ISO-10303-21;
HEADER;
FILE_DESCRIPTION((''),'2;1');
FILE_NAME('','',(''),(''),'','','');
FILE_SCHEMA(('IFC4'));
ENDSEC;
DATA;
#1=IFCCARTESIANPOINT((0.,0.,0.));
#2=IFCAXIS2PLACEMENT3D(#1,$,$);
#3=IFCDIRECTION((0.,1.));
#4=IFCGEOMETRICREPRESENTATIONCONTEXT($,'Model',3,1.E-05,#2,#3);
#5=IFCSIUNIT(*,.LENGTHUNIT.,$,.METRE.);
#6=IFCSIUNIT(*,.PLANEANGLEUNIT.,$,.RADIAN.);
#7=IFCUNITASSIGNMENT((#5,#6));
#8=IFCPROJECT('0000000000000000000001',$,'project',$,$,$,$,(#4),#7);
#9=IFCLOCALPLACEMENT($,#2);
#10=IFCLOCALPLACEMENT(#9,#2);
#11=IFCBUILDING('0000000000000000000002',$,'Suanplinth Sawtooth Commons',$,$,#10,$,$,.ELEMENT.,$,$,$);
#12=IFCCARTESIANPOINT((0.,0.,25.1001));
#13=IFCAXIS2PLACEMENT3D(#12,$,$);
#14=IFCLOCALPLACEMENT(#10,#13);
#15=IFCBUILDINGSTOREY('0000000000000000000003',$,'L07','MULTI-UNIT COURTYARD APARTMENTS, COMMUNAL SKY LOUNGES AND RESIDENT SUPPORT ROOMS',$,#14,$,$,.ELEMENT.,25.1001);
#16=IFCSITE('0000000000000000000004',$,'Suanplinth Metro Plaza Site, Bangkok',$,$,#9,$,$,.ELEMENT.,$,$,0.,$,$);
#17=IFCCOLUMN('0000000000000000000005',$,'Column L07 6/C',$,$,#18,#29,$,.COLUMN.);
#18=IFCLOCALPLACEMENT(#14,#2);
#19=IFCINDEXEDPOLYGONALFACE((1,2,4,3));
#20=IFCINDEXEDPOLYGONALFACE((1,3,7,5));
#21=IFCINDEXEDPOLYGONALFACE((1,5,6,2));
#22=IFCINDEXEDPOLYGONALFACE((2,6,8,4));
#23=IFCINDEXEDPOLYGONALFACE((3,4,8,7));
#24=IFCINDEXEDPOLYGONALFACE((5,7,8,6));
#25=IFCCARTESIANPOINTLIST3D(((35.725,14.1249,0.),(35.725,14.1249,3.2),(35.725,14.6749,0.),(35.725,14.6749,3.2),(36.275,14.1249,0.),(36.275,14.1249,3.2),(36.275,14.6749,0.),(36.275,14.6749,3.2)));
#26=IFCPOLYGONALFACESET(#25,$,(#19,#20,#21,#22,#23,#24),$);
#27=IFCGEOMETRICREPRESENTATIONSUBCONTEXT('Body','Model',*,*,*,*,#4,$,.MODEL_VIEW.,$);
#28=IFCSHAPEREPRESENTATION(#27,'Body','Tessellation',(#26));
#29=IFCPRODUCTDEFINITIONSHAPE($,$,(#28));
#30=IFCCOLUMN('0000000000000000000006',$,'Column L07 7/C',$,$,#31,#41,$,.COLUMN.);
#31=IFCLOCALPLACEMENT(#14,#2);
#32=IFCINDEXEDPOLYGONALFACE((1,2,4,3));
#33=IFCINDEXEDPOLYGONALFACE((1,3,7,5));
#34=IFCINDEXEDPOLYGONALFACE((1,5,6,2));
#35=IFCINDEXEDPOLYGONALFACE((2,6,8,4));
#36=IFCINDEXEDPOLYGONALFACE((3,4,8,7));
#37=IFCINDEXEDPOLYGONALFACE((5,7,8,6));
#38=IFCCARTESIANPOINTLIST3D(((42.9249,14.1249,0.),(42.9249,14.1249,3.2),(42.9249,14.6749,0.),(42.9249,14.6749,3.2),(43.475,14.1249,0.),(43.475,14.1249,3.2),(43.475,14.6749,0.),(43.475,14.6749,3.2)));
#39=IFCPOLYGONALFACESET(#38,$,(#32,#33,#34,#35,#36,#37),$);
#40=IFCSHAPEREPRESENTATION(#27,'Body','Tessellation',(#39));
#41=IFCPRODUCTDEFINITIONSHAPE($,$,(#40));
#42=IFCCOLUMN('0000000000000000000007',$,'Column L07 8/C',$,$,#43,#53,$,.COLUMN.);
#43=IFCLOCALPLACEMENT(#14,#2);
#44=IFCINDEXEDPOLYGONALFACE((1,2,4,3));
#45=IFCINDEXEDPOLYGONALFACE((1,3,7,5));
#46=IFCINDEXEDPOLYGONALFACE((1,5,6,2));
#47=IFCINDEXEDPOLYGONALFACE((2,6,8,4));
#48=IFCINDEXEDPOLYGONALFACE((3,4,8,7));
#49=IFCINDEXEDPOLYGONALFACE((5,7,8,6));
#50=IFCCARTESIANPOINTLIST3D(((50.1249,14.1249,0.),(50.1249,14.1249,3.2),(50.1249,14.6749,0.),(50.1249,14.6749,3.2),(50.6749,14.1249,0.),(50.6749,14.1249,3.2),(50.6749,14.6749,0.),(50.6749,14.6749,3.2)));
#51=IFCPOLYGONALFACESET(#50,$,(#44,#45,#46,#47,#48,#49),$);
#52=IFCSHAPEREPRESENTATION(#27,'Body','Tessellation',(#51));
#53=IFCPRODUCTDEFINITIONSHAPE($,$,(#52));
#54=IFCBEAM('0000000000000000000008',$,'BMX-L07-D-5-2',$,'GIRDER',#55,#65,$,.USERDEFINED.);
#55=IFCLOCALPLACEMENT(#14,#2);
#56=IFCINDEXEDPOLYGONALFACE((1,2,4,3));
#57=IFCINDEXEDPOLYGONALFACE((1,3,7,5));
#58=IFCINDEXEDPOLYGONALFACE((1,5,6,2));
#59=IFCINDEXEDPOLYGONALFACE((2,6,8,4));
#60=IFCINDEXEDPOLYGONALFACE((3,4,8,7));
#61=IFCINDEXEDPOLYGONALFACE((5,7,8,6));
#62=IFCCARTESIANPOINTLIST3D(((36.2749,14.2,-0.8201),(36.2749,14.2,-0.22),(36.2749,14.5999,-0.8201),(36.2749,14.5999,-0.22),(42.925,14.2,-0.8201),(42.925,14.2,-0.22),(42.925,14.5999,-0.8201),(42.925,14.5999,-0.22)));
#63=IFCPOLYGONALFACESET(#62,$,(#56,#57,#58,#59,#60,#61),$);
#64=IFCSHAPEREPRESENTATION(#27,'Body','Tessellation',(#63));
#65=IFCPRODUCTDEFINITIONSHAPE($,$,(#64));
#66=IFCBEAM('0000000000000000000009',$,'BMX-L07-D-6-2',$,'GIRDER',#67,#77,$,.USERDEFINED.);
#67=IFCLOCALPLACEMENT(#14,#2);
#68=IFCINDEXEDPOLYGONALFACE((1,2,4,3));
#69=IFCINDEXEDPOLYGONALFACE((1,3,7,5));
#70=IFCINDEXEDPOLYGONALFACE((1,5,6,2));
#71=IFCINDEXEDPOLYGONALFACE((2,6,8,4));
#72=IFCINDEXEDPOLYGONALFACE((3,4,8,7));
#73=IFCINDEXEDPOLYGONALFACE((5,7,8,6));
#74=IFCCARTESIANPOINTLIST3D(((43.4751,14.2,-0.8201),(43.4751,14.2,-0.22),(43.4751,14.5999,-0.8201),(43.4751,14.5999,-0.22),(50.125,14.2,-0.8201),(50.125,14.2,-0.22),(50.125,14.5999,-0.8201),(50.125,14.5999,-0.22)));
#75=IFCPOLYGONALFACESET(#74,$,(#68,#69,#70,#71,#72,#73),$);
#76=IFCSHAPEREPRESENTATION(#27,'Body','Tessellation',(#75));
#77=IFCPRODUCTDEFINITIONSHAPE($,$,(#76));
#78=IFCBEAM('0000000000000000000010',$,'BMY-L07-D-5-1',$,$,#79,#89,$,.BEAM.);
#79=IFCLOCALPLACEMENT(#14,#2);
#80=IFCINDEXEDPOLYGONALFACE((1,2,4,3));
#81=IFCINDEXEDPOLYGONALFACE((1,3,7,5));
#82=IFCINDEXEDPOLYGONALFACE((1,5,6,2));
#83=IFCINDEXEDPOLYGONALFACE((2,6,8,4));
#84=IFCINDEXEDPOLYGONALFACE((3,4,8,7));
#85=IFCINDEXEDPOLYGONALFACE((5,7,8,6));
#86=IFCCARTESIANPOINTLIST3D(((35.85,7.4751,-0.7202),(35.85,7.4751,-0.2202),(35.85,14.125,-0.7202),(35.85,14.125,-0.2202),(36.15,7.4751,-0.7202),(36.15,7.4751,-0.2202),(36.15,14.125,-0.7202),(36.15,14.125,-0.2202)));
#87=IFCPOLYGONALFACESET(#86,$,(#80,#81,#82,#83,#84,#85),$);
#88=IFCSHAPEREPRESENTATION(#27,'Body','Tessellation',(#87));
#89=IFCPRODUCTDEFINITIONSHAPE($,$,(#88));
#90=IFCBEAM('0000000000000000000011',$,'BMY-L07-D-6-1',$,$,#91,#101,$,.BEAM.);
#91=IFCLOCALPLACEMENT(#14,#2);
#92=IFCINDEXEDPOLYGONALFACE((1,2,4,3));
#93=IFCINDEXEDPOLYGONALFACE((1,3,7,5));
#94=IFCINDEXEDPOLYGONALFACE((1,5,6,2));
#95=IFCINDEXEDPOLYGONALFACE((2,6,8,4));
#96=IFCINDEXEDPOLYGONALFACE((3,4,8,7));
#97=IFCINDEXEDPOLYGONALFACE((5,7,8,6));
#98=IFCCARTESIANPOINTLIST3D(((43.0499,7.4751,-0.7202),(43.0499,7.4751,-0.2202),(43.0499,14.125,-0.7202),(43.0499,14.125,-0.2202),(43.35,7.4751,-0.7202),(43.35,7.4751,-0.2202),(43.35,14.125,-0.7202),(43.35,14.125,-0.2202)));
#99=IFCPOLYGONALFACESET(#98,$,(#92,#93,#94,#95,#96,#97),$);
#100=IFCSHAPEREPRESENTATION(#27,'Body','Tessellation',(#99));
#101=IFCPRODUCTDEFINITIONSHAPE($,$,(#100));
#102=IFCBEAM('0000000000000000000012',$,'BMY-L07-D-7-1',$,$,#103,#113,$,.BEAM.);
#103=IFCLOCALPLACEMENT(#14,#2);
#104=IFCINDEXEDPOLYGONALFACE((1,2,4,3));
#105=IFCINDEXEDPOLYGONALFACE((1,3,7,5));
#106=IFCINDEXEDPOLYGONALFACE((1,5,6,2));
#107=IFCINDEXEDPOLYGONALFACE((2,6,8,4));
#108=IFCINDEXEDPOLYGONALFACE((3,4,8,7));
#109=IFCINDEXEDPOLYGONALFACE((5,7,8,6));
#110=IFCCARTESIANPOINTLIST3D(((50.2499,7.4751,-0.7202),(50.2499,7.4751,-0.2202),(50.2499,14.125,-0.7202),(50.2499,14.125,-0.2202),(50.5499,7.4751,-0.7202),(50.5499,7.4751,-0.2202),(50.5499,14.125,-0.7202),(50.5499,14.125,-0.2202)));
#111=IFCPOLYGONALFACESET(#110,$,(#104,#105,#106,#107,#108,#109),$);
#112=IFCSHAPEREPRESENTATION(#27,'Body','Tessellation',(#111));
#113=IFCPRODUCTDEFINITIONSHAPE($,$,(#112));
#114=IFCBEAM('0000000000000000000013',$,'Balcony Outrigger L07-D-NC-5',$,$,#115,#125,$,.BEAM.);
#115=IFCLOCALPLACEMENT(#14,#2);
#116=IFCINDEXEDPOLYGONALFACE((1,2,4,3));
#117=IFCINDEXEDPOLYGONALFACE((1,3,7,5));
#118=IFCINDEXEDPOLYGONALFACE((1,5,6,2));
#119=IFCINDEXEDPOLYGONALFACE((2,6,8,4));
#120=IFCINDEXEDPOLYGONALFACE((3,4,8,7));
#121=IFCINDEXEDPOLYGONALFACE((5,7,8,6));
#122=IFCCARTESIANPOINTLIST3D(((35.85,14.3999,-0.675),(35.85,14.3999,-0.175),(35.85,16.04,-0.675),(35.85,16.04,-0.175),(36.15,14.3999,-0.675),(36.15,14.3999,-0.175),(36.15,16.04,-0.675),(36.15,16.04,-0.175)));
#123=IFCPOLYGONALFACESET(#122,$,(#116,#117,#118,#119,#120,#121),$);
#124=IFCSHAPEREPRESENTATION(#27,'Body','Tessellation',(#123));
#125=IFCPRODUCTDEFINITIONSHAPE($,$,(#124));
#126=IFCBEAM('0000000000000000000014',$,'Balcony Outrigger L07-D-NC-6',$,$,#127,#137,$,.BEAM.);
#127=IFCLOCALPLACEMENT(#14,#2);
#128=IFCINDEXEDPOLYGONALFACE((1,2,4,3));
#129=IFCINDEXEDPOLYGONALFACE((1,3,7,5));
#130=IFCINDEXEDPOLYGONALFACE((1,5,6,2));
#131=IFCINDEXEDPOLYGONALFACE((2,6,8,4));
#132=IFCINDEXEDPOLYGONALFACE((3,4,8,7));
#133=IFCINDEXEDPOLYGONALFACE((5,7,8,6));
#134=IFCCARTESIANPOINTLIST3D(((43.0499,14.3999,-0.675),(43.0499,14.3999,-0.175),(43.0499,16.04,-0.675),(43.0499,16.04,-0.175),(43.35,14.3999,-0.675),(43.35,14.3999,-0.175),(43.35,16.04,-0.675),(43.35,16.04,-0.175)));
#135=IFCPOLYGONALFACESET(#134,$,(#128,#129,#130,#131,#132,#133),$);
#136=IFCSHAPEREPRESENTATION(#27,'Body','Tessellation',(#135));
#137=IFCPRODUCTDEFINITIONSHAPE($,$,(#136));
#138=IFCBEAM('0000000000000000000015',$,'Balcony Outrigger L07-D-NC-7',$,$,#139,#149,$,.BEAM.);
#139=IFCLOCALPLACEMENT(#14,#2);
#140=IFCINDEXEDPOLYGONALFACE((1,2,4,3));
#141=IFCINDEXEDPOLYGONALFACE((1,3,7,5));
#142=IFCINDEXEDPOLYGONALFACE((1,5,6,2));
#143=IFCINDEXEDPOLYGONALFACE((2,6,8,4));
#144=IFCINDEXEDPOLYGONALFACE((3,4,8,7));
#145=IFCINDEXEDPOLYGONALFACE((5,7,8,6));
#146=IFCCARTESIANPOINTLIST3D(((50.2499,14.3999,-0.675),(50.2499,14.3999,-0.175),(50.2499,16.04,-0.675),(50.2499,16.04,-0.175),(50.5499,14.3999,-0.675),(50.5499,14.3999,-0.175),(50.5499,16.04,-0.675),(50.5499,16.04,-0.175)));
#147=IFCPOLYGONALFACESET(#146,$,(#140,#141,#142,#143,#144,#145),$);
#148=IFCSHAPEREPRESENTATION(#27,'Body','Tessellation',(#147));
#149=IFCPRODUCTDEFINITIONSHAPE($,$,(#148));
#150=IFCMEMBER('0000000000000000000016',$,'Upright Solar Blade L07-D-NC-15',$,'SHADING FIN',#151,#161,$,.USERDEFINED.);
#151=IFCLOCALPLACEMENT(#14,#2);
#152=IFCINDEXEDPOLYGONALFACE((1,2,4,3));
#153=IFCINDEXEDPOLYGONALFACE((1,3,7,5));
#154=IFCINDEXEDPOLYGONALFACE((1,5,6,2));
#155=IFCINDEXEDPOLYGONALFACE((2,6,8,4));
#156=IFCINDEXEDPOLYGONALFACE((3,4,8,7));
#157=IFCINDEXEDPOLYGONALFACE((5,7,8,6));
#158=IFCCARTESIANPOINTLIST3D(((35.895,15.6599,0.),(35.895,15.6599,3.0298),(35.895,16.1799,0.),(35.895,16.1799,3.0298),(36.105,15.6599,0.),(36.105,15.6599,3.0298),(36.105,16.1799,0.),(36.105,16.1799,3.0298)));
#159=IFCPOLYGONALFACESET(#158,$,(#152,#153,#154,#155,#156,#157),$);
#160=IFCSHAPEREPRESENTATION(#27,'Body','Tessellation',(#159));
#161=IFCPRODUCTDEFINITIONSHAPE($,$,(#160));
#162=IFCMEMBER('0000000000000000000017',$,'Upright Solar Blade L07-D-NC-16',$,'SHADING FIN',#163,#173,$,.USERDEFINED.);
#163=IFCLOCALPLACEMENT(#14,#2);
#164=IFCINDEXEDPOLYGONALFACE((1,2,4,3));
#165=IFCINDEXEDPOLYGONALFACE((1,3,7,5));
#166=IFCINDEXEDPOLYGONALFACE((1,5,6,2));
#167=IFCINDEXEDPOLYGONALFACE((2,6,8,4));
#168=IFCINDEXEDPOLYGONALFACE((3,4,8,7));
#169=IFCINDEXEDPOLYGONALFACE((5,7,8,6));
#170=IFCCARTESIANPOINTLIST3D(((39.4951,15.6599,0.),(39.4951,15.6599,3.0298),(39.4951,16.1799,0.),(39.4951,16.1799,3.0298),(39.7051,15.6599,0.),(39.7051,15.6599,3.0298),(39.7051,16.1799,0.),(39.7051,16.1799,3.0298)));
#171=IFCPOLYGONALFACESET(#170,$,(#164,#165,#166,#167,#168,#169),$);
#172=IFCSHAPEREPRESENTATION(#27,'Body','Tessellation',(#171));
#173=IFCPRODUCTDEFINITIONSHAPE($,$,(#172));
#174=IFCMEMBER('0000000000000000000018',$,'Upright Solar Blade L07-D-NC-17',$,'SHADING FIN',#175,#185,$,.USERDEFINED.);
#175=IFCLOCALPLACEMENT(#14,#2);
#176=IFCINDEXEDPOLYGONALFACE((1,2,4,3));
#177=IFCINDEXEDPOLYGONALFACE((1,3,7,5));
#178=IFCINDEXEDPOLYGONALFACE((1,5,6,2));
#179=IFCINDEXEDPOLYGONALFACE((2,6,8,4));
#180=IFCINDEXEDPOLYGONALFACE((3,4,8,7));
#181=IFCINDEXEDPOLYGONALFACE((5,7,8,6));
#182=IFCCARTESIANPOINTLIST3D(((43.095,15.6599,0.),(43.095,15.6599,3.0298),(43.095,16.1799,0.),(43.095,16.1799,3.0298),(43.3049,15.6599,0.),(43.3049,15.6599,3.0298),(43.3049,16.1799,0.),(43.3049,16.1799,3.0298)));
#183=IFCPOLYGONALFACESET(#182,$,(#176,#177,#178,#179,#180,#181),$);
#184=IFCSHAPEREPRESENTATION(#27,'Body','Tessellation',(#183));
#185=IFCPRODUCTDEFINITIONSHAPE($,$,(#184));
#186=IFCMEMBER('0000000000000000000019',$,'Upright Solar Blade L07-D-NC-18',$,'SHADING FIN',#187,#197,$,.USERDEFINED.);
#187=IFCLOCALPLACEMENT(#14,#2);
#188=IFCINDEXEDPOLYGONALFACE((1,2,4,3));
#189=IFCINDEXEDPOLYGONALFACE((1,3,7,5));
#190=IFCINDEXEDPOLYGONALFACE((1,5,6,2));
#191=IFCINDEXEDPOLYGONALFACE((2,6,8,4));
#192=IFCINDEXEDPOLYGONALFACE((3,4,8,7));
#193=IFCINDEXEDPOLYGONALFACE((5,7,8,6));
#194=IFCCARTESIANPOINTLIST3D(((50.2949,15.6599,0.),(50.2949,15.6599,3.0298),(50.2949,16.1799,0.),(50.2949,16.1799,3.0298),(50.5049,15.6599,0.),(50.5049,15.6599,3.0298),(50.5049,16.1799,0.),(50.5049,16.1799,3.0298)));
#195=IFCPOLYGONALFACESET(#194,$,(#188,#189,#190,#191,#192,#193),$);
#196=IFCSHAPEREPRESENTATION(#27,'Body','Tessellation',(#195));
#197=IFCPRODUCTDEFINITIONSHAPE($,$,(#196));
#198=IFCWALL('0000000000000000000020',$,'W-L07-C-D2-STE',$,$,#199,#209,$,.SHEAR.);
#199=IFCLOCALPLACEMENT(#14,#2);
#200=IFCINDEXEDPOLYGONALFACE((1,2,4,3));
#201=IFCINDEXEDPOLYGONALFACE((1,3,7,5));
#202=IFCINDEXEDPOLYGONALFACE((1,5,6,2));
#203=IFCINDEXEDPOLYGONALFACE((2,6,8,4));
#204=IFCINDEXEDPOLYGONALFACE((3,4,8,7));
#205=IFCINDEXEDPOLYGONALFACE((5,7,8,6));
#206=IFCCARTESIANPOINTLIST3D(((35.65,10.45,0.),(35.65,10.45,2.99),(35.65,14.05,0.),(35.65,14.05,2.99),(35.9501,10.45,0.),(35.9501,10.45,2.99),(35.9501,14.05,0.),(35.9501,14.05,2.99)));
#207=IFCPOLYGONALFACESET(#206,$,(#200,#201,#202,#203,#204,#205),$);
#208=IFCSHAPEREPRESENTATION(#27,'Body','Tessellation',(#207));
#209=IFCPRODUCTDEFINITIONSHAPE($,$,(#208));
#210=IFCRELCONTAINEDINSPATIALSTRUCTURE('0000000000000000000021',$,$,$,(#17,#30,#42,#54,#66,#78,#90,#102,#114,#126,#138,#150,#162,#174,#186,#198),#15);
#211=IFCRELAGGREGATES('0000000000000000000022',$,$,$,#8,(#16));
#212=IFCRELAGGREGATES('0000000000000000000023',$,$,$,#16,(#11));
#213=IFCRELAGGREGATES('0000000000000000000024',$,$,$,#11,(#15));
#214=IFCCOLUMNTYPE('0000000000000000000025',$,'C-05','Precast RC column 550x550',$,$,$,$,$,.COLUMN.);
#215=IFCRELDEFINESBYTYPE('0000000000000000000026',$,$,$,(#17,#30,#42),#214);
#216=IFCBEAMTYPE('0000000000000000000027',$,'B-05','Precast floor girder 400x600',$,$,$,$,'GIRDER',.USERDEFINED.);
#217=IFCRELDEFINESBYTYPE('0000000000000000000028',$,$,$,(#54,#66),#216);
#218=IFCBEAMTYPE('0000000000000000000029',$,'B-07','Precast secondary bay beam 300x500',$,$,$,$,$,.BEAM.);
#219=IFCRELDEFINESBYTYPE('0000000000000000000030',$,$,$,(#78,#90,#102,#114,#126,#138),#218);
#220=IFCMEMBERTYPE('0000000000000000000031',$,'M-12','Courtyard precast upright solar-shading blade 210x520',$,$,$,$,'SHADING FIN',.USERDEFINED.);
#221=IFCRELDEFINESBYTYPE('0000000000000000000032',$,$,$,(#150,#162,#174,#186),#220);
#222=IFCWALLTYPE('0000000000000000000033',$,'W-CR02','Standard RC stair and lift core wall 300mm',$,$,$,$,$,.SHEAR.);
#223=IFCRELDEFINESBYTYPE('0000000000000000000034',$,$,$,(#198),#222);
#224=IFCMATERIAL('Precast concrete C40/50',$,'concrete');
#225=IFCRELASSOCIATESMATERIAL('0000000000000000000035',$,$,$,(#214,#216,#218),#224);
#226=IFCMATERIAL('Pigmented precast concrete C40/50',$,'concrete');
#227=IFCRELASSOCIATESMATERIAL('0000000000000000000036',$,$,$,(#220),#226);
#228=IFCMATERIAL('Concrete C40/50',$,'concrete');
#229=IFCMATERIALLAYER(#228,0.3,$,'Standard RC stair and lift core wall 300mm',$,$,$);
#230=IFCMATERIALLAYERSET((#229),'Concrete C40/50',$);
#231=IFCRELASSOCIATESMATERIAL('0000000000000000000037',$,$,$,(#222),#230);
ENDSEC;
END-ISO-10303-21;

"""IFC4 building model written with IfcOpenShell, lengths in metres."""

from ifc_helpers import new_model, si_unit, direction, frame, frame_2d, origin, origin_2d, place, context, subcontext, project, spatial, rectangle, extrude, material, layer, layer_set, material_profile, profile_set, type_object, element, save


model = new_model("IFC4")

# Units and contexts
model_context = context("Model", 3, precision=1e-05, world=origin(), true_north=direction((0.0, 1.0)))
body_context = subcontext(model_context, "Body", "Model", "MODEL_VIEW")
ifc_project = project(units=[si_unit("LENGTHUNIT", "METRE"), si_unit("PLANEANGLEUNIT", "RADIAN")], contexts=[model_context])

# Site, building, storey
site_placement = place(None, origin())
site = spatial("IfcSite", under=ifc_project, at=site_placement, Name="Suanplinth Metro Plaza Site, Bangkok", CompositionType="ELEMENT", RefElevation=0.0)
building_placement = place(site_placement, origin())
building = spatial("IfcBuilding", under=site, at=building_placement, Name="Suanplinth Sawtooth Commons", CompositionType="ELEMENT")
storey_placement = place(building_placement, frame((0.0, 0.0, 25.1001)))
storey = spatial("IfcBuildingStorey", under=building, at=storey_placement, Name="L07", Description="MULTI-UNIT COURTYARD APARTMENTS, COMMUNAL SKY LOUNGES AND RESIDENT SUPPORT ROOMS", CompositionType="ELEMENT", Elevation=25.1001)

# Columns
ifc_material_1 = material(Name="Precast concrete C40/50", Category="concrete")
ifc_material_profile_1 = material_profile(ifc_material_1, rectangle(XDim=0.55, YDim=0.55, at=origin_2d()), Name="PC-COL 550x550")
ifc_profile_set_1 = profile_set([ifc_material_profile_1], Name="Precast concrete C40/50")
column_type = type_object("IfcColumnType", Name="C-05", Description="Precast RC column 550x550", PredefinedType="COLUMN", material=ifc_profile_set_1)
for number, where, z_axis, x_axis, name in (
    (1, (36.0, 14.3999, 0.0), (0.0, 0.0, 1.0), (1.0, 0.0, 0.0), "Column L07 6/C"),
    (2, (43.2, 14.3999, 0.0), (0.0, 0.0, 1.0), (1.0, 0.0, 0.0), "Column L07 7/C"),
    (3, (50.3999, 14.3999, 0.0), (0.0, 0.0, 1.0), (1.0, 0.0, 0.0), "Column L07 8/C"),
):
    element("IfcColumn", number, at=place(storey_placement, frame(where, z_axis=z_axis, x_axis=x_axis)), inside=storey, type_object=column_type, Name=name, PredefinedType="COLUMN", context=body_context, shape_type="SweptSolid", body=[
        extrude(rectangle(XDim=0.55, YDim=0.55, at=origin_2d()), origin(), (0.0, 0.0, 1.0), 3.2),
    ])

# Beams
ifc_material_profile_2 = material_profile(ifc_material_1, rectangle(XDim=0.3999, YDim=0.6001, at=origin_2d()), Name="PC-GDR 400x600")
ifc_profile_set_2 = profile_set([ifc_material_profile_2], Name="Precast concrete C40/50")
beam_type_1 = type_object("IfcBeamType", Name="B-05", Description="Precast floor girder 400x600", ElementType="GIRDER", PredefinedType="USERDEFINED", material=ifc_profile_set_2)
beam_1_placement = place(storey_placement, frame((36.2749, 14.3999, -0.52), z_axis=(1.0, 0.0, 0.0), x_axis=(0.0, 1.0, 0.0)))
element("IfcBeam", 4, at=beam_1_placement, inside=storey, type_object=beam_type_1, Name="BMX-L07-D-5-2", ObjectType="GIRDER", PredefinedType="USERDEFINED", context=body_context, shape_type="SweptSolid", body=[
    extrude(rectangle(XDim=0.3999, YDim=0.6001, at=origin_2d()), origin(), (0.0, 0.0, 1.0), 6.6501),
])
beam_2_placement = place(storey_placement, frame((43.4751, 14.3999, -0.52), z_axis=(1.0, 0.0, 0.0), x_axis=(0.0, 1.0, 0.0)))
element("IfcBeam", 5, at=beam_2_placement, inside=storey, type_object=beam_type_1, Name="BMX-L07-D-6-2", ObjectType="GIRDER", PredefinedType="USERDEFINED", context=body_context, shape_type="SweptSolid", body=[
    extrude(rectangle(XDim=0.3999, YDim=0.6001, at=origin_2d()), origin(), (0.0, 0.0, 1.0), 6.6499),
])
ifc_material_profile_3 = material_profile(ifc_material_1, rectangle(XDim=0.3, YDim=0.5, at=origin_2d()), Name="PC-BM 300x500")
ifc_profile_set_3 = profile_set([ifc_material_profile_3], Name="Precast concrete C40/50")
beam_type_2 = type_object("IfcBeamType", Name="B-07", Description="Precast secondary bay beam 300x500", PredefinedType="BEAM", material=ifc_profile_set_3)
for number, where, z_axis, x_axis, name in (
    (6, (36.0, 7.4751, -0.4702), (0.0, 1.0, 0.0), (-1.0, 0.0, 0.0), "BMY-L07-D-5-1"),
    (7, (43.2, 7.4751, -0.4702), (0.0, 1.0, 0.0), (-1.0, 0.0, 0.0), "BMY-L07-D-6-1"),
    (8, (50.3999, 7.4751, -0.4702), (0.0, 1.0, 0.0), (-1.0, 0.0, 0.0), "BMY-L07-D-7-1"),
):
    element("IfcBeam", number, at=place(storey_placement, frame(where, z_axis=z_axis, x_axis=x_axis)), inside=storey, type_object=beam_type_2, Name=name, PredefinedType="BEAM", context=body_context, shape_type="SweptSolid", body=[
        extrude(rectangle(XDim=0.3, YDim=0.5, at=origin_2d()), origin(), (0.0, 0.0, 1.0), 6.6499),
    ])
for number, where, z_axis, x_axis, name in (
    (9, (36.0, 14.3999, -0.425), (0.0, 1.0, 0.0), (-1.0, 0.0, 0.0), "Balcony Outrigger L07-D-NC-5"),
    (10, (43.2, 14.3999, -0.425), (0.0, 1.0, 0.0), (-1.0, 0.0, 0.0), "Balcony Outrigger L07-D-NC-6"),
    (11, (50.3999, 14.3999, -0.425), (0.0, 1.0, 0.0), (-1.0, 0.0, 0.0), "Balcony Outrigger L07-D-NC-7"),
):
    element("IfcBeam", number, at=place(storey_placement, frame(where, z_axis=z_axis, x_axis=x_axis)), inside=storey, type_object=beam_type_2, Name=name, PredefinedType="BEAM", context=body_context, shape_type="SweptSolid", body=[
        extrude(rectangle(XDim=0.3, YDim=0.5, at=origin_2d()), origin(), (0.0, 0.0, 1.0), 1.6401),
    ])

# Members
ifc_material_2 = material(Name="Pigmented precast concrete C40/50", Category="concrete")
ifc_material_profile_4 = material_profile(ifc_material_2, rectangle(XDim=0.21, YDim=0.52, at=origin_2d()), Name="PC-FIN 210x520")
ifc_profile_set_4 = profile_set([ifc_material_profile_4], Name="Pigmented precast concrete C40/50")
member_type = type_object("IfcMemberType", Name="M-12", Description="Courtyard precast upright solar-shading blade 210x520", ElementType="SHADING FIN", PredefinedType="USERDEFINED", material=ifc_profile_set_4)
for number, where, z_axis, x_axis, name in (
    (12, (36.0, 15.9199, 0.0), (0.0, 0.0, 1.0), (1.0, 0.0, 0.0), "Upright Solar Blade L07-D-NC-15"),
    (13, (39.6001, 15.9199, 0.0), (0.0, 0.0, 1.0), (1.0, 0.0, 0.0), "Upright Solar Blade L07-D-NC-16"),
    (14, (43.2, 15.9199, 0.0), (0.0, 0.0, 1.0), (1.0, 0.0, 0.0), "Upright Solar Blade L07-D-NC-17"),
    (15, (50.3999, 15.9199, 0.0), (0.0, 0.0, 1.0), (1.0, 0.0, 0.0), "Upright Solar Blade L07-D-NC-18"),
):
    element("IfcMember", number, at=place(storey_placement, frame(where, z_axis=z_axis, x_axis=x_axis)), inside=storey, type_object=member_type, Name=name, ObjectType="SHADING FIN", PredefinedType="USERDEFINED", context=body_context, shape_type="SweptSolid", body=[
        extrude(rectangle(XDim=0.21, YDim=0.52, at=origin_2d()), origin(), (0.0, 0.0, 1.0), 3.0298),
    ])

# Wall
ifc_material_3 = material(Name="Concrete C40/50", Category="concrete")
ifc_layer_1 = layer(ifc_material_3, 0.3, Name="Standard RC stair and lift core wall 300mm")
ifc_layer_set_1 = layer_set([ifc_layer_1], Name="Concrete C40/50")
wall_type_1 = type_object("IfcWallType", Name="W-CR02", Description="Standard RC stair and lift core wall 300mm", PredefinedType="SHEAR", material=ifc_layer_set_1)
wall_1_placement = place(storey_placement, frame((35.8, 10.45, 0.0), z_axis=(0.0, 0.0, 1.0), x_axis=(0.0, 1.0, 0.0)))
element("IfcWall", 16, at=wall_1_placement, inside=storey, type_object=wall_type_1, Name="W-L07-C-D2-STE", PredefinedType="SHEAR", context=body_context, shape_type="SweptSolid", body=[
    extrude(rectangle(XDim=3.6001, YDim=0.3, at=frame_2d((1.8, 0.0))), origin(), (0.0, 0.0, 1.0), 2.99),
])

save(model, "model.ifc")
